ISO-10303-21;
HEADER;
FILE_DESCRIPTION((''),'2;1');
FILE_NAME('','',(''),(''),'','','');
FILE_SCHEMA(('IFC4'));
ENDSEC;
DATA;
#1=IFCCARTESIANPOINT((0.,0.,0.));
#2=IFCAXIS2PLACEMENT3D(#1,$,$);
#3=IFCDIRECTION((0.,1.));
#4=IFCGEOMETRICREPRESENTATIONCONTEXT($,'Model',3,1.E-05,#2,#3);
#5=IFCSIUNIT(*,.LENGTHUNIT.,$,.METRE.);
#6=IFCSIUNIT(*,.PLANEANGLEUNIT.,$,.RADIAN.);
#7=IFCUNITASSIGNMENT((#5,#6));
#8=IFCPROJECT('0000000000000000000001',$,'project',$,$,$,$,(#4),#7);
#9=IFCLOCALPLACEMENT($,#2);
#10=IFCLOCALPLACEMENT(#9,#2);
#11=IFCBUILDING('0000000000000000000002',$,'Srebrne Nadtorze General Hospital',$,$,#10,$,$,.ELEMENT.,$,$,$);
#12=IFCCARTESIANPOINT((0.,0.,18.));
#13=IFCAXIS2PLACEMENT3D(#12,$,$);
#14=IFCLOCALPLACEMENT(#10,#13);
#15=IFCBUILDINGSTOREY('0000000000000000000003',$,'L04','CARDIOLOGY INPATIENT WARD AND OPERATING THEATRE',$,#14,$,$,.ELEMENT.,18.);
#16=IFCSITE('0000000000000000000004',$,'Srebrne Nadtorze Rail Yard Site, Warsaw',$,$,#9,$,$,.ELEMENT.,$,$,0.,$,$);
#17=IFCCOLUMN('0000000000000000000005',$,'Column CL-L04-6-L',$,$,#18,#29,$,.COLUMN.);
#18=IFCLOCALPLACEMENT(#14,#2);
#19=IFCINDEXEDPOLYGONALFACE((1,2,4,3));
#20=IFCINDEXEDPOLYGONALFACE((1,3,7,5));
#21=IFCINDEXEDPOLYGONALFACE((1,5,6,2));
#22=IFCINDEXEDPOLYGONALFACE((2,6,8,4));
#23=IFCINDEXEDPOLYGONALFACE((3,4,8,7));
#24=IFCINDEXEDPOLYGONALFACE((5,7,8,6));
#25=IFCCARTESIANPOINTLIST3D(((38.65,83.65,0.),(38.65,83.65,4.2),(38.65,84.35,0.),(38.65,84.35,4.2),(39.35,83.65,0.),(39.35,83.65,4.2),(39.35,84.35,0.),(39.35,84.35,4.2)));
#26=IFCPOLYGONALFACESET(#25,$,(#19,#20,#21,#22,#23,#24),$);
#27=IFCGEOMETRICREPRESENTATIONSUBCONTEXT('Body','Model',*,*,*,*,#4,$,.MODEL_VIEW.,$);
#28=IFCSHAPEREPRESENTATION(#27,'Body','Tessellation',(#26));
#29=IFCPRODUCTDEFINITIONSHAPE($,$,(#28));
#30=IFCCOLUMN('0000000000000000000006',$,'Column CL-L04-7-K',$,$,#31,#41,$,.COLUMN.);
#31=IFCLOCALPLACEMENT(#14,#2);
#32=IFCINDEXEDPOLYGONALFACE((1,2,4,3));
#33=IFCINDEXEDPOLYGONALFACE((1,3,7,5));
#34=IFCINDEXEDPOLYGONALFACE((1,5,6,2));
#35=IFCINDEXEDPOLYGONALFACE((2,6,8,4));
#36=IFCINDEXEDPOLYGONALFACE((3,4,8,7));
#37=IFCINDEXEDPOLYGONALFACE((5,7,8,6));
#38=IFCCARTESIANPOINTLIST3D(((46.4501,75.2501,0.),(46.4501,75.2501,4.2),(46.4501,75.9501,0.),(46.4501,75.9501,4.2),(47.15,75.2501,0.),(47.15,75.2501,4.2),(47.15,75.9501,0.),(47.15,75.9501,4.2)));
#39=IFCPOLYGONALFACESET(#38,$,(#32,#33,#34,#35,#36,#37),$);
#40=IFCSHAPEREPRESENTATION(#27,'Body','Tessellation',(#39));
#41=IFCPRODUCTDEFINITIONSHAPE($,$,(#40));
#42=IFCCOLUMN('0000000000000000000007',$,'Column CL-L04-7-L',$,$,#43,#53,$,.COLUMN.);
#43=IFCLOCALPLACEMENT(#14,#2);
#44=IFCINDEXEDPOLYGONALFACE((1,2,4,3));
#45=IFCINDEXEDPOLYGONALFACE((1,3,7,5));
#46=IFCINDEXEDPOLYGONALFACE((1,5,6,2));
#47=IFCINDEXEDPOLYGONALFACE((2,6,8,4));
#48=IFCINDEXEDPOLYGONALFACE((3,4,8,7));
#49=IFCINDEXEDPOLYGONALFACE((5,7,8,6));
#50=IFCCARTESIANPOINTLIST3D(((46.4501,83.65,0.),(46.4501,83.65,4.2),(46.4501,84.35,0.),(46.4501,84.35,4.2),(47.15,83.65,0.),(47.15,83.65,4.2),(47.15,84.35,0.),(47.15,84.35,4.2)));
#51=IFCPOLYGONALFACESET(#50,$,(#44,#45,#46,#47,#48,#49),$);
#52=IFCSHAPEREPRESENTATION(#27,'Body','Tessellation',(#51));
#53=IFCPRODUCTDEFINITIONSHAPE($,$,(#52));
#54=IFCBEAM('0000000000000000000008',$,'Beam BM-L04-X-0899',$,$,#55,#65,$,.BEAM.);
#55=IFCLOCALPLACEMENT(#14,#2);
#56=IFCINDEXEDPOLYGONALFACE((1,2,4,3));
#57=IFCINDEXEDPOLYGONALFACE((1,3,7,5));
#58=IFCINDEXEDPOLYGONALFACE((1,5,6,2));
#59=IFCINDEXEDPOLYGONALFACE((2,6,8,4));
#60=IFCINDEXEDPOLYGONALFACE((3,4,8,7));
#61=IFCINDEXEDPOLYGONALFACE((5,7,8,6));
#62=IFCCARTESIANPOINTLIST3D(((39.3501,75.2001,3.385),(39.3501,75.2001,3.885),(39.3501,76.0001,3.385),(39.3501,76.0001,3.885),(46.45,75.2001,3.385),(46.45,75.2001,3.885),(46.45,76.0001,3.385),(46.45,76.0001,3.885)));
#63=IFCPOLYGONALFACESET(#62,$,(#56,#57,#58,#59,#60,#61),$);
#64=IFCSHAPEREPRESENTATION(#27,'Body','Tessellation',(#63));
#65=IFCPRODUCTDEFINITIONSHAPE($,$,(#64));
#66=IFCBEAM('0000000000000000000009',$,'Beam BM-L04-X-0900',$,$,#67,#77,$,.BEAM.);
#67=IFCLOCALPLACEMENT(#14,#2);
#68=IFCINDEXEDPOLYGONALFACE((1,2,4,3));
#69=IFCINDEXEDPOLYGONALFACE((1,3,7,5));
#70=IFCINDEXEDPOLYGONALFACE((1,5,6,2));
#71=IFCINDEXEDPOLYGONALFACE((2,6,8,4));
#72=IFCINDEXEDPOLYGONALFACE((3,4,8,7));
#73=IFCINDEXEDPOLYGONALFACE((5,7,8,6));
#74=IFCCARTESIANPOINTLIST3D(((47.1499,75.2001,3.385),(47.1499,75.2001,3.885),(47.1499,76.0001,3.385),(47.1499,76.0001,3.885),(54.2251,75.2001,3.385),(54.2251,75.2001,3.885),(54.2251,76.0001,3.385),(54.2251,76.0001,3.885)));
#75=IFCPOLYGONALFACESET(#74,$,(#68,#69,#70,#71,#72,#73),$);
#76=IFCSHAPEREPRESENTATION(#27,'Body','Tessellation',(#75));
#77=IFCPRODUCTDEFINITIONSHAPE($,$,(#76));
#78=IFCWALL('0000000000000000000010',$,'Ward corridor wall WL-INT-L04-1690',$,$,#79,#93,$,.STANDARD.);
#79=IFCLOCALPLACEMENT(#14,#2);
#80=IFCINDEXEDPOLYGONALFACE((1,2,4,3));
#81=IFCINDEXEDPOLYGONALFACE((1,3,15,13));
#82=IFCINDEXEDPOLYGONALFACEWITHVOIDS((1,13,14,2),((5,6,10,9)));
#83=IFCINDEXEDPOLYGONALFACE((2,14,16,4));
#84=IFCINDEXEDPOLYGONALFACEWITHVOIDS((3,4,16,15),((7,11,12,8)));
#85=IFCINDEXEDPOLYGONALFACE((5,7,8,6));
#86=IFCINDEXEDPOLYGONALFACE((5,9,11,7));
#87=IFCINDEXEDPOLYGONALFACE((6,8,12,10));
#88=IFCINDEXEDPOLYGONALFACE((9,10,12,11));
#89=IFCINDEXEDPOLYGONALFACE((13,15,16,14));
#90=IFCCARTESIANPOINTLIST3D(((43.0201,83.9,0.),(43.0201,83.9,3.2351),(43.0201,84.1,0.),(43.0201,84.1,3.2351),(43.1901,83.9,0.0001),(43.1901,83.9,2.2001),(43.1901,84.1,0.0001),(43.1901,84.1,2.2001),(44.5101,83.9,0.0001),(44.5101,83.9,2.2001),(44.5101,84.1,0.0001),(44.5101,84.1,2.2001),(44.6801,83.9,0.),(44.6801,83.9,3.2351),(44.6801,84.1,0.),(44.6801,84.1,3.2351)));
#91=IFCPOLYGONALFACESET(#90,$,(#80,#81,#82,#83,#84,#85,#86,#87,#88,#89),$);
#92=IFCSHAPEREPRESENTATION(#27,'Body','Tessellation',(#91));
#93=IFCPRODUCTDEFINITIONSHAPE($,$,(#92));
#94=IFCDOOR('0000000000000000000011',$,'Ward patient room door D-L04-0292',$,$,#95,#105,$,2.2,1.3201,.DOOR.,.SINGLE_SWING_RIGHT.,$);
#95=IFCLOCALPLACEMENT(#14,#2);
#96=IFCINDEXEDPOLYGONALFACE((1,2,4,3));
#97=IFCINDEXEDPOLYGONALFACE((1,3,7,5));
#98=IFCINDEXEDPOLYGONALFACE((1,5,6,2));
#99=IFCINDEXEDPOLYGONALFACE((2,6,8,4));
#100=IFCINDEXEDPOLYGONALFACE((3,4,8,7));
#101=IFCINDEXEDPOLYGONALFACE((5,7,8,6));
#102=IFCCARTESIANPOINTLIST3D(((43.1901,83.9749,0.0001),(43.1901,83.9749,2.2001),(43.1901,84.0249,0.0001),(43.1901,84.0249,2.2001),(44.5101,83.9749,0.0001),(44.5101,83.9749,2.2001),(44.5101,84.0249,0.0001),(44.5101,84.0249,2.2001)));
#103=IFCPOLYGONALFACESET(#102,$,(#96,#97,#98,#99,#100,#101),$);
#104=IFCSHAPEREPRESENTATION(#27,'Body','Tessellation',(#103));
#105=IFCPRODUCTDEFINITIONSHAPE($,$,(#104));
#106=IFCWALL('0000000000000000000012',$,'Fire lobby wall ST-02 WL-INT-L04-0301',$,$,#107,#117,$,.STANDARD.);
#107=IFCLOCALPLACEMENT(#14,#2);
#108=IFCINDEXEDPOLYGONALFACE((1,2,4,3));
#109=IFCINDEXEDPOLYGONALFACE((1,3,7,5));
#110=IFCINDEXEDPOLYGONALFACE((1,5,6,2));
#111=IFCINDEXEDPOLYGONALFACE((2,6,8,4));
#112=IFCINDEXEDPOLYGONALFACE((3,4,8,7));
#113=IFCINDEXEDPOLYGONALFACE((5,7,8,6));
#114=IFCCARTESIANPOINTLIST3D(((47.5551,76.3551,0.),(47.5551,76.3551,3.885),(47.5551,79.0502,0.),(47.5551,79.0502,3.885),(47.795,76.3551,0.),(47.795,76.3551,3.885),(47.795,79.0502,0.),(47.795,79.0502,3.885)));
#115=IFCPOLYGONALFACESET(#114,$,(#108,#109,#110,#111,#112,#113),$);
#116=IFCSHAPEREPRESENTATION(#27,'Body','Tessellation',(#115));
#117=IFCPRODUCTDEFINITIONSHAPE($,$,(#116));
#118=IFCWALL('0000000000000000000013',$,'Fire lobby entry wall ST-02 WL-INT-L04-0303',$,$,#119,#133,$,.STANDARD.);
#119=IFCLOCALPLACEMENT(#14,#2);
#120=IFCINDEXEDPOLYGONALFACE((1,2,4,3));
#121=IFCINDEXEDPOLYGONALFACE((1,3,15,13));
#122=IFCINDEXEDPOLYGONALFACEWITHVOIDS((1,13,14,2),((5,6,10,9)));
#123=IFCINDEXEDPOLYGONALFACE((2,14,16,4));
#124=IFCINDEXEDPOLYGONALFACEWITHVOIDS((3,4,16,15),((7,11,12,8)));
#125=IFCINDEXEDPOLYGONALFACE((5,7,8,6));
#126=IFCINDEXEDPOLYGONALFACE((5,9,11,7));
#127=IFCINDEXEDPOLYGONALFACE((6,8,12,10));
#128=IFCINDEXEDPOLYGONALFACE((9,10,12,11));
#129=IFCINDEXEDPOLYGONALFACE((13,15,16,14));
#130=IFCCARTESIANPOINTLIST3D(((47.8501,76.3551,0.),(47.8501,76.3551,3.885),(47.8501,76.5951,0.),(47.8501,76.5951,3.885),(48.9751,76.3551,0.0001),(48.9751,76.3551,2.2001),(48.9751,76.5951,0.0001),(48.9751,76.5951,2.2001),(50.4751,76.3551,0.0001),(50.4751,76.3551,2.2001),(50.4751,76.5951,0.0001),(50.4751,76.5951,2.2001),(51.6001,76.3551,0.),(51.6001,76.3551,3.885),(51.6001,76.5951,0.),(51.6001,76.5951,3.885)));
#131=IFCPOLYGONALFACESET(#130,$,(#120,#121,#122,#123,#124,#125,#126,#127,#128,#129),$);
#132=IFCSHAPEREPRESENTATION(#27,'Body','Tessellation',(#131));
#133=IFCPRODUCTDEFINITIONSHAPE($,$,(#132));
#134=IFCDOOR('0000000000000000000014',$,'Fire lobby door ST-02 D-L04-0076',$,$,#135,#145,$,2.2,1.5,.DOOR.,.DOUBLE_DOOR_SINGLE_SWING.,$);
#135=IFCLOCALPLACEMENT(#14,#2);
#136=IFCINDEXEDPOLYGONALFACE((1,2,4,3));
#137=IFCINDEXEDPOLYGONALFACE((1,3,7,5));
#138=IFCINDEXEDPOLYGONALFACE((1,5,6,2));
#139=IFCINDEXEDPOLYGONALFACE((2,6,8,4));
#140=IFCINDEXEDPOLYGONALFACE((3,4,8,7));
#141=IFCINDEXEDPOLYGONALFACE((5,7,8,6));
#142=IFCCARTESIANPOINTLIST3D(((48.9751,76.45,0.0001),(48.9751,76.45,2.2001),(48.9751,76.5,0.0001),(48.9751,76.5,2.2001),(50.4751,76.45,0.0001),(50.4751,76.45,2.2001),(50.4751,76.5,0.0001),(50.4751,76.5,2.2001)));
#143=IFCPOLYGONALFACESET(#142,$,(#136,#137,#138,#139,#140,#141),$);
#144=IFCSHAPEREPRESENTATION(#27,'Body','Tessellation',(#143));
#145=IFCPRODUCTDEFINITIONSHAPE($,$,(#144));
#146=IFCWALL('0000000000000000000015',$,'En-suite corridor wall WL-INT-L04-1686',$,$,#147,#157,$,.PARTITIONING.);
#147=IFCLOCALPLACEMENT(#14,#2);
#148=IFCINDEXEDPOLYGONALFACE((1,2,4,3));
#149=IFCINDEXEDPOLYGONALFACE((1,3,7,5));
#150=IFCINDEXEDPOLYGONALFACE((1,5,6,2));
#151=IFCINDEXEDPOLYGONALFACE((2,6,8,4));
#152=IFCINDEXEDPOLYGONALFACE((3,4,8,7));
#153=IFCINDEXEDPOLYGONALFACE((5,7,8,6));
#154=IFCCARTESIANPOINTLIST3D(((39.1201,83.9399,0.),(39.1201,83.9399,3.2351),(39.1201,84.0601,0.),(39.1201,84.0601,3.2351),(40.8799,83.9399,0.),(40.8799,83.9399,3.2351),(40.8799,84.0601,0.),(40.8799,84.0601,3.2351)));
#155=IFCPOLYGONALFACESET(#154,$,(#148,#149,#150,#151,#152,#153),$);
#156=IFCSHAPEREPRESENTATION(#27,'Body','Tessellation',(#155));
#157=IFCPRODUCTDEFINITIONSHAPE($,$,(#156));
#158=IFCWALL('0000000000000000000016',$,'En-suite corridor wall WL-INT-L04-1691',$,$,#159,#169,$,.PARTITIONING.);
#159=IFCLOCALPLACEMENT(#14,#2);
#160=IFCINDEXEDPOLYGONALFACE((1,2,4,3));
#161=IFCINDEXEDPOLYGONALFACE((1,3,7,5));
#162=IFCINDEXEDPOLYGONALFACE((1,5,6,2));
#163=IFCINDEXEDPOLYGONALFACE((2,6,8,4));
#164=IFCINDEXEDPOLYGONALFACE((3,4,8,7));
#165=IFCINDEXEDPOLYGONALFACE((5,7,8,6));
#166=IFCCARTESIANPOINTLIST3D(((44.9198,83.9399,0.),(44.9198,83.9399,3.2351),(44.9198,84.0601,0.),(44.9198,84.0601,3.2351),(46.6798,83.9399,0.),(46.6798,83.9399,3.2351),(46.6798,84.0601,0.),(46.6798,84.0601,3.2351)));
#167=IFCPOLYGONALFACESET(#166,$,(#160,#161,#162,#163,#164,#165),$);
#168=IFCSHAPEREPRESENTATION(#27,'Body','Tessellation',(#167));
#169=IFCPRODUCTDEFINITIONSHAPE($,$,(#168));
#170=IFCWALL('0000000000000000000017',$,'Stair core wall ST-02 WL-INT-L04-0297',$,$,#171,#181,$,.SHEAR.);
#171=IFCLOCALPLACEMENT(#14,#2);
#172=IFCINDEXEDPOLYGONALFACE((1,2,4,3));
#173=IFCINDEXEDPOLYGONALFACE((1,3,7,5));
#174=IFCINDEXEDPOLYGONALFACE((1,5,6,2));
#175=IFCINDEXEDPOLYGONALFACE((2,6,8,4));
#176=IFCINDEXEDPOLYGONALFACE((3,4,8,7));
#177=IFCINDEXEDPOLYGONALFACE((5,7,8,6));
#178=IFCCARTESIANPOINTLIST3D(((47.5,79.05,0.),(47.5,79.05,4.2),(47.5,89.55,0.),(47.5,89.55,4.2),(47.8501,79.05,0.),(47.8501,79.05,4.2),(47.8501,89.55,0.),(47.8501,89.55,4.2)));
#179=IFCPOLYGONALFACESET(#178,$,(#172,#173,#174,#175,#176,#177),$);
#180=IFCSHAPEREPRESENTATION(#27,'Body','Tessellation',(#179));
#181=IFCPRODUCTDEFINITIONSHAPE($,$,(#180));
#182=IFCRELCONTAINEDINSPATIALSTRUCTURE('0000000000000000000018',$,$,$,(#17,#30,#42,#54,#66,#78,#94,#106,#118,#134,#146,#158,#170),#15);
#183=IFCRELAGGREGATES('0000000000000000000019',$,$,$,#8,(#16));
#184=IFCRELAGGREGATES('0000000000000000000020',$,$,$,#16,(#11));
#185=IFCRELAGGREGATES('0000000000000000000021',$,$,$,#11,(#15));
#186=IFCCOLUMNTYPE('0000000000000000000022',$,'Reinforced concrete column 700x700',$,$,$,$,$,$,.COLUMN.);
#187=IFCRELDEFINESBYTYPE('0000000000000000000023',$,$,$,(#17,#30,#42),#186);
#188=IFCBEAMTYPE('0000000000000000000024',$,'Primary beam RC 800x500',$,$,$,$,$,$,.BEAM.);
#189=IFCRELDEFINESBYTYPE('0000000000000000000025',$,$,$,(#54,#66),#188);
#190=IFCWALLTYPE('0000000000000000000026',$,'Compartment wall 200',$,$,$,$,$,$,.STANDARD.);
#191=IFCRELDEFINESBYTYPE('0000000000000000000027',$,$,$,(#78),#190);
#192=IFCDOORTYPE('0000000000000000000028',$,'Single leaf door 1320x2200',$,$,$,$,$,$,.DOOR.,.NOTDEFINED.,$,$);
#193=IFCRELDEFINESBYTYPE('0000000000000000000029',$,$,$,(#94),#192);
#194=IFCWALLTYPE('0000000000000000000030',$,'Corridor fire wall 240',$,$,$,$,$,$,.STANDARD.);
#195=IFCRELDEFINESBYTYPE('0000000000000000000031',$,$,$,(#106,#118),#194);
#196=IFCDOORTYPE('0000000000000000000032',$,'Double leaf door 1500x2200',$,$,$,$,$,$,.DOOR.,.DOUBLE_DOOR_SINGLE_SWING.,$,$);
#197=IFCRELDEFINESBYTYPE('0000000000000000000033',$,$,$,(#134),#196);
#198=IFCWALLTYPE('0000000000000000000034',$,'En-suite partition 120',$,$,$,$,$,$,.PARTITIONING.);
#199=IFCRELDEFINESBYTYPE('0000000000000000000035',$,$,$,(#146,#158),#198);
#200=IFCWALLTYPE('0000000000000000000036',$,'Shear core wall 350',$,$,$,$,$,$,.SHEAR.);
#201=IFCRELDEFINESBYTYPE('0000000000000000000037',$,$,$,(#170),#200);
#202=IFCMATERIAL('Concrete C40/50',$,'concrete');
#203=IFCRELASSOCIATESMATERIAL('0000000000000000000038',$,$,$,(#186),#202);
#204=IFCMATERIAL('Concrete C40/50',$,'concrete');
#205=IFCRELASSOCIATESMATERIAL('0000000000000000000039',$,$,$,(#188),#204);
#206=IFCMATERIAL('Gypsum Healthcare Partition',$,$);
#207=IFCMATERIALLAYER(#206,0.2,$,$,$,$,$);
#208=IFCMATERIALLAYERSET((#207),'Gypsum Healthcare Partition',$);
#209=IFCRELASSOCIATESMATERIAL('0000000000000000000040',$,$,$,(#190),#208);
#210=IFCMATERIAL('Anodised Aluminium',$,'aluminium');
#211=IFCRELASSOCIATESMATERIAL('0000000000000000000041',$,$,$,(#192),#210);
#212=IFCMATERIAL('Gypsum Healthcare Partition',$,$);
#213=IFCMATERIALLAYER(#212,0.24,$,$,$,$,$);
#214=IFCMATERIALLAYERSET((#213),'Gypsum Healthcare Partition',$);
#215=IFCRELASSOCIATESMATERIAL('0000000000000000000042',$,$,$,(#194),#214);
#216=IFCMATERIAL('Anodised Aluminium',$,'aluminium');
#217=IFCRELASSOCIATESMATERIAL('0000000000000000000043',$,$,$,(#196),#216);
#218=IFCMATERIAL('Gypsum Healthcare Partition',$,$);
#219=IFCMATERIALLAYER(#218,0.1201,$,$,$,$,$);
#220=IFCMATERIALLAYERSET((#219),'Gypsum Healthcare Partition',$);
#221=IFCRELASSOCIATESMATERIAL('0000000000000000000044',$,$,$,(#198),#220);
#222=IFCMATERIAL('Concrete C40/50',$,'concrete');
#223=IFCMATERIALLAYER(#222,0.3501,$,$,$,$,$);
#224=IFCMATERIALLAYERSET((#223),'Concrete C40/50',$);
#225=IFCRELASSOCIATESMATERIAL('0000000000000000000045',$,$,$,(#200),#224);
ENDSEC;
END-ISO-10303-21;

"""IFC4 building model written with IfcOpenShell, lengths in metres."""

from ifc_helpers import new_model, si_unit, direction, frame, frame_2d, origin, origin_2d, place, context, subcontext, project, spatial, rectangle, extrude, material, layer, layer_set, material_profile, profile_set, type_object, element, fill, save


model = new_model("IFC4")

# Units and contexts
model_context = context("Model", 3, precision=1e-05, world=origin(), true_north=direction((0.0, 1.0)))
body_context = subcontext(model_context, "Body", "Model", "MODEL_VIEW")
ifc_project = project(units=[si_unit("LENGTHUNIT", "METRE"), si_unit("PLANEANGLEUNIT", "RADIAN")], contexts=[model_context])

# Site, building, storey
site_placement = place(None, origin())
site = spatial("IfcSite", under=ifc_project, at=site_placement, Name="Srebrne Nadtorze Rail Yard Site, Warsaw", CompositionType="ELEMENT", RefElevation=0.0)
building_placement = place(site_placement, origin())
building = spatial("IfcBuilding", under=site, at=building_placement, Name="Srebrne Nadtorze General Hospital", CompositionType="ELEMENT")
storey_placement = place(building_placement, frame((0.0, 0.0, 18.0)))
storey = spatial("IfcBuildingStorey", under=building, at=storey_placement, Name="L04", Description="CARDIOLOGY INPATIENT WARD AND OPERATING THEATRE", CompositionType="ELEMENT", Elevation=18.0)

# Columns
ifc_material_1 = material(Name="Concrete C40/50", Category="concrete")
ifc_material_profile_1 = material_profile(ifc_material_1, rectangle(XDim=0.7, YDim=0.7, at=origin_2d()), Name="RC-COL-700x700")
ifc_profile_set_1 = profile_set([ifc_material_profile_1], Name="Concrete C40/50")
column_type = type_object("IfcColumnType", Name="Reinforced concrete column 700x700", PredefinedType="COLUMN", material=ifc_profile_set_1)
for number, where, z_axis, x_axis, name in (
    (1, (39.0, 84.0, 0.0), (0.0, 0.0, 1.0), (1.0, 0.0, 0.0), "Column CL-L04-6-L"),
    (2, (46.8, 75.6001, 0.0), (0.0, 0.0, 1.0), (1.0, 0.0, 0.0), "Column CL-L04-7-K"),
    (3, (46.8, 84.0, 0.0), (0.0, 0.0, 1.0), (1.0, 0.0, 0.0), "Column CL-L04-7-L"),
):
    element("IfcColumn", number, at=place(storey_placement, frame(where, z_axis=z_axis, x_axis=x_axis)), inside=storey, type_object=column_type, Name=name, PredefinedType="COLUMN", context=body_context, shape_type="SweptSolid", body=[
        extrude(rectangle(XDim=0.7, YDim=0.7, at=origin_2d()), origin(), (0.0, 0.0, 1.0), 4.2),
    ])

# Beams
ifc_material_2 = material(Name="Concrete C40/50", Category="concrete")
ifc_material_profile_2 = material_profile(ifc_material_2, rectangle(XDim=0.8, YDim=0.5, at=origin_2d()), Name="RC-BM-800x500")
ifc_profile_set_2 = profile_set([ifc_material_profile_2], Name="Concrete C40/50")
beam_type = type_object("IfcBeamType", Name="Primary beam RC 800x500", PredefinedType="BEAM", material=ifc_profile_set_2)
beam_1_placement = place(storey_placement, frame((39.3501, 75.6001, 3.635), z_axis=(1.0, 0.0, 0.0), x_axis=(0.0, 1.0, 0.0)))
element("IfcBeam", 4, at=beam_1_placement, inside=storey, type_object=beam_type, Name="Beam BM-L04-X-0899", PredefinedType="BEAM", context=body_context, shape_type="SweptSolid", body=[
    extrude(rectangle(XDim=0.8, YDim=0.5, at=origin_2d()), origin(), (0.0, 0.0, 1.0), 7.0999),
])
beam_2_placement = place(storey_placement, frame((47.1499, 75.6001, 3.635), z_axis=(1.0, 0.0, 0.0), x_axis=(0.0, 1.0, 0.0)))
element("IfcBeam", 5, at=beam_2_placement, inside=storey, type_object=beam_type, Name="Beam BM-L04-X-0900", PredefinedType="BEAM", context=body_context, shape_type="SweptSolid", body=[
    extrude(rectangle(XDim=0.8, YDim=0.5, at=origin_2d()), origin(), (0.0, 0.0, 1.0), 7.0752),
])

# Wall, opening, door
ifc_material_3 = material(Name="Gypsum Healthcare Partition")
ifc_layer_1 = layer(ifc_material_3, 0.2)
ifc_layer_set_1 = layer_set([ifc_layer_1], Name="Gypsum Healthcare Partition")
wall_type_1 = type_object("IfcWallType", Name="Compartment wall 200", PredefinedType="STANDARD", material=ifc_layer_set_1)
wall_1_placement = place(storey_placement, frame((43.02, 84.0, 0.0), z_axis=(0.0, 0.0, 1.0), x_axis=(1.0, 0.0, 0.0)))
wall_1 = element("IfcWall", 6, at=wall_1_placement, inside=storey, type_object=wall_type_1, Name="Ward corridor wall WL-INT-L04-1690", PredefinedType="STANDARD", context=body_context, shape_type="SweptSolid", body=[
    extrude(rectangle(XDim=1.6599, YDim=0.2, at=frame_2d((0.8301, 0.0))), origin(), (0.0, 0.0, 1.0), 3.2351),
])
opening_1_placement = place(wall_1_placement, frame((0.1699, 0.0, 0.0)))
opening_1 = element("IfcOpeningElement", 7, at=opening_1_placement, cuts=wall_1, PredefinedType="OPENING", context=body_context, shape_type="SweptSolid", body=[
    extrude(rectangle(XDim=1.3201, YDim=2.2, at=frame_2d((0.6602, 1.1001))), frame((0.0, 0.1118, 0.0), z_axis=(0.0, -1.0, 0.0), x_axis=(1.0, 0.0, 0.0)), (0.0, 0.0, 1.0), 0.2239),
])
ifc_material_4 = material(Name="Anodised Aluminium", Category="aluminium")
door_type_1 = type_object("IfcDoorType", Name="Single leaf door 1320x2200", OperationType="NOTDEFINED", PredefinedType="DOOR", material=ifc_material_4)
door_1_placement = place(opening_1_placement, origin())
door_1 = element("IfcDoor", 8, at=door_1_placement, inside=storey, type_object=door_type_1, Name="Ward patient room door D-L04-0292", OperationType="SINGLE_SWING_RIGHT", OverallHeight=2.2, OverallWidth=1.3201, PredefinedType="DOOR", context=body_context, shape_type="SweptSolid", body=[
    extrude(rectangle(XDim=1.3201, YDim=2.2, at=frame_2d((0.6602, 1.1001))), frame((0.0, 0.0249, 0.0), z_axis=(0.0, -1.0, 0.0), x_axis=(1.0, 0.0, 0.0)), (0.0, 0.0, 1.0), 0.05),
])
fill(opening_1, door_1)

# Wall
ifc_material_5 = material(Name="Gypsum Healthcare Partition")
ifc_layer_2 = layer(ifc_material_5, 0.24)
ifc_layer_set_2 = layer_set([ifc_layer_2], Name="Gypsum Healthcare Partition")
wall_type_2 = type_object("IfcWallType", Name="Corridor fire wall 240", PredefinedType="STANDARD", material=ifc_layer_set_2)
wall_2_placement = place(storey_placement, frame((47.675, 76.355, 0.0), z_axis=(0.0, 0.0, 1.0), x_axis=(0.0, 1.0, 0.0)))
element("IfcWall", 9, at=wall_2_placement, inside=storey, type_object=wall_type_2, Name="Fire lobby wall ST-02 WL-INT-L04-0301", PredefinedType="STANDARD", context=body_context, shape_type="SweptSolid", body=[
    extrude(rectangle(XDim=2.6951, YDim=0.24, at=frame_2d((1.3477, 0.0))), origin(), (0.0, 0.0, 1.0), 3.885),
])

# Wall, opening, door
wall_3_placement = place(storey_placement, frame((47.8501, 76.4751, 0.0), z_axis=(0.0, 0.0, 1.0), x_axis=(1.0, 0.0, 0.0)))
wall_3 = element("IfcWall", 10, at=wall_3_placement, inside=storey, type_object=wall_type_2, Name="Fire lobby entry wall ST-02 WL-INT-L04-0303", PredefinedType="STANDARD", context=body_context, shape_type="SweptSolid", body=[
    extrude(rectangle(XDim=3.75, YDim=0.24, at=frame_2d((1.875, 0.0))), origin(), (0.0, 0.0, 1.0), 3.885),
])
opening_2_placement = place(wall_3_placement, frame((1.125, 0.0, 0.0)))
opening_2 = element("IfcOpeningElement", 11, at=opening_2_placement, cuts=wall_3, PredefinedType="OPENING", context=body_context, shape_type="SweptSolid", body=[
    extrude(rectangle(XDim=1.5, YDim=2.2, at=frame_2d((0.75, 1.1001))), frame((0.0, 0.1318, 0.0), z_axis=(0.0, -1.0, 0.0), x_axis=(1.0, 0.0, 0.0)), (0.0, 0.0, 1.0), 0.2639),
])
ifc_material_6 = material(Name="Anodised Aluminium", Category="aluminium")
door_type_2 = type_object("IfcDoorType", Name="Double leaf door 1500x2200", OperationType="DOUBLE_DOOR_SINGLE_SWING", PredefinedType="DOOR", material=ifc_material_6)
door_2_placement = place(opening_2_placement, origin())
door_2 = element("IfcDoor", 12, at=door_2_placement, inside=storey, type_object=door_type_2, Name="Fire lobby door ST-02 D-L04-0076", OperationType="DOUBLE_DOOR_SINGLE_SWING", OverallHeight=2.2, OverallWidth=1.5, PredefinedType="DOOR", context=body_context, shape_type="SweptSolid", body=[
    extrude(rectangle(XDim=1.5, YDim=2.2, at=frame_2d((0.75, 1.1001))), frame((0.0, 0.0249, 0.0), z_axis=(0.0, -1.0, 0.0), x_axis=(1.0, 0.0, 0.0)), (0.0, 0.0, 1.0), 0.05),
])
fill(opening_2, door_2)

# Walls
ifc_material_7 = material(Name="Gypsum Healthcare Partition")
ifc_layer_3 = layer(ifc_material_7, 0.1201)
ifc_layer_set_3 = layer_set([ifc_layer_3], Name="Gypsum Healthcare Partition")
wall_type_3 = type_object("IfcWallType", Name="En-suite partition 120", PredefinedType="PARTITIONING", material=ifc_layer_set_3)
wall_4_placement = place(storey_placement, frame((39.1201, 84.0, 0.0), z_axis=(0.0, 0.0, 1.0), x_axis=(1.0, 0.0, 0.0)))
element("IfcWall", 13, at=wall_4_placement, inside=storey, type_object=wall_type_3, Name="En-suite corridor wall WL-INT-L04-1686", PredefinedType="PARTITIONING", context=body_context, shape_type="SweptSolid", body=[
    extrude(rectangle(XDim=1.7598, YDim=0.1201, at=frame_2d((0.8799, 0.0))), origin(), (0.0, 0.0, 1.0), 3.2351),
])
wall_5_placement = place(storey_placement, frame((44.9199, 84.0, 0.0), z_axis=(0.0, 0.0, 1.0), x_axis=(1.0, 0.0, 0.0)))
element("IfcWall", 14, at=wall_5_placement, inside=storey, type_object=wall_type_3, Name="En-suite corridor wall WL-INT-L04-1691", PredefinedType="PARTITIONING", context=body_context, shape_type="SweptSolid", body=[
    extrude(rectangle(XDim=1.76, YDim=0.1201, at=frame_2d((0.8799, 0.0))), origin(), (0.0, 0.0, 1.0), 3.2351),
])
ifc_material_8 = material(Name="Concrete C40/50", Category="concrete")
ifc_layer_4 = layer(ifc_material_8, 0.3501)
ifc_layer_set_4 = layer_set([ifc_layer_4], Name="Concrete C40/50")
wall_type_4 = type_object("IfcWallType", Name="Shear core wall 350", PredefinedType="SHEAR", material=ifc_layer_set_4)
wall_6_placement = place(storey_placement, frame((47.675, 79.05, 0.0), z_axis=(0.0, 0.0, 1.0), x_axis=(0.0, 1.0, 0.0)))
element("IfcWall", 15, at=wall_6_placement, inside=storey, type_object=wall_type_4, Name="Stair core wall ST-02 WL-INT-L04-0297", PredefinedType="SHEAR", context=body_context, shape_type="SweptSolid", body=[
    extrude(rectangle(XDim=10.5, YDim=0.3501, at=frame_2d((5.25, 0.0))), origin(), (0.0, 0.0, 1.0), 4.2),
])

save(model, "model.ifc")
